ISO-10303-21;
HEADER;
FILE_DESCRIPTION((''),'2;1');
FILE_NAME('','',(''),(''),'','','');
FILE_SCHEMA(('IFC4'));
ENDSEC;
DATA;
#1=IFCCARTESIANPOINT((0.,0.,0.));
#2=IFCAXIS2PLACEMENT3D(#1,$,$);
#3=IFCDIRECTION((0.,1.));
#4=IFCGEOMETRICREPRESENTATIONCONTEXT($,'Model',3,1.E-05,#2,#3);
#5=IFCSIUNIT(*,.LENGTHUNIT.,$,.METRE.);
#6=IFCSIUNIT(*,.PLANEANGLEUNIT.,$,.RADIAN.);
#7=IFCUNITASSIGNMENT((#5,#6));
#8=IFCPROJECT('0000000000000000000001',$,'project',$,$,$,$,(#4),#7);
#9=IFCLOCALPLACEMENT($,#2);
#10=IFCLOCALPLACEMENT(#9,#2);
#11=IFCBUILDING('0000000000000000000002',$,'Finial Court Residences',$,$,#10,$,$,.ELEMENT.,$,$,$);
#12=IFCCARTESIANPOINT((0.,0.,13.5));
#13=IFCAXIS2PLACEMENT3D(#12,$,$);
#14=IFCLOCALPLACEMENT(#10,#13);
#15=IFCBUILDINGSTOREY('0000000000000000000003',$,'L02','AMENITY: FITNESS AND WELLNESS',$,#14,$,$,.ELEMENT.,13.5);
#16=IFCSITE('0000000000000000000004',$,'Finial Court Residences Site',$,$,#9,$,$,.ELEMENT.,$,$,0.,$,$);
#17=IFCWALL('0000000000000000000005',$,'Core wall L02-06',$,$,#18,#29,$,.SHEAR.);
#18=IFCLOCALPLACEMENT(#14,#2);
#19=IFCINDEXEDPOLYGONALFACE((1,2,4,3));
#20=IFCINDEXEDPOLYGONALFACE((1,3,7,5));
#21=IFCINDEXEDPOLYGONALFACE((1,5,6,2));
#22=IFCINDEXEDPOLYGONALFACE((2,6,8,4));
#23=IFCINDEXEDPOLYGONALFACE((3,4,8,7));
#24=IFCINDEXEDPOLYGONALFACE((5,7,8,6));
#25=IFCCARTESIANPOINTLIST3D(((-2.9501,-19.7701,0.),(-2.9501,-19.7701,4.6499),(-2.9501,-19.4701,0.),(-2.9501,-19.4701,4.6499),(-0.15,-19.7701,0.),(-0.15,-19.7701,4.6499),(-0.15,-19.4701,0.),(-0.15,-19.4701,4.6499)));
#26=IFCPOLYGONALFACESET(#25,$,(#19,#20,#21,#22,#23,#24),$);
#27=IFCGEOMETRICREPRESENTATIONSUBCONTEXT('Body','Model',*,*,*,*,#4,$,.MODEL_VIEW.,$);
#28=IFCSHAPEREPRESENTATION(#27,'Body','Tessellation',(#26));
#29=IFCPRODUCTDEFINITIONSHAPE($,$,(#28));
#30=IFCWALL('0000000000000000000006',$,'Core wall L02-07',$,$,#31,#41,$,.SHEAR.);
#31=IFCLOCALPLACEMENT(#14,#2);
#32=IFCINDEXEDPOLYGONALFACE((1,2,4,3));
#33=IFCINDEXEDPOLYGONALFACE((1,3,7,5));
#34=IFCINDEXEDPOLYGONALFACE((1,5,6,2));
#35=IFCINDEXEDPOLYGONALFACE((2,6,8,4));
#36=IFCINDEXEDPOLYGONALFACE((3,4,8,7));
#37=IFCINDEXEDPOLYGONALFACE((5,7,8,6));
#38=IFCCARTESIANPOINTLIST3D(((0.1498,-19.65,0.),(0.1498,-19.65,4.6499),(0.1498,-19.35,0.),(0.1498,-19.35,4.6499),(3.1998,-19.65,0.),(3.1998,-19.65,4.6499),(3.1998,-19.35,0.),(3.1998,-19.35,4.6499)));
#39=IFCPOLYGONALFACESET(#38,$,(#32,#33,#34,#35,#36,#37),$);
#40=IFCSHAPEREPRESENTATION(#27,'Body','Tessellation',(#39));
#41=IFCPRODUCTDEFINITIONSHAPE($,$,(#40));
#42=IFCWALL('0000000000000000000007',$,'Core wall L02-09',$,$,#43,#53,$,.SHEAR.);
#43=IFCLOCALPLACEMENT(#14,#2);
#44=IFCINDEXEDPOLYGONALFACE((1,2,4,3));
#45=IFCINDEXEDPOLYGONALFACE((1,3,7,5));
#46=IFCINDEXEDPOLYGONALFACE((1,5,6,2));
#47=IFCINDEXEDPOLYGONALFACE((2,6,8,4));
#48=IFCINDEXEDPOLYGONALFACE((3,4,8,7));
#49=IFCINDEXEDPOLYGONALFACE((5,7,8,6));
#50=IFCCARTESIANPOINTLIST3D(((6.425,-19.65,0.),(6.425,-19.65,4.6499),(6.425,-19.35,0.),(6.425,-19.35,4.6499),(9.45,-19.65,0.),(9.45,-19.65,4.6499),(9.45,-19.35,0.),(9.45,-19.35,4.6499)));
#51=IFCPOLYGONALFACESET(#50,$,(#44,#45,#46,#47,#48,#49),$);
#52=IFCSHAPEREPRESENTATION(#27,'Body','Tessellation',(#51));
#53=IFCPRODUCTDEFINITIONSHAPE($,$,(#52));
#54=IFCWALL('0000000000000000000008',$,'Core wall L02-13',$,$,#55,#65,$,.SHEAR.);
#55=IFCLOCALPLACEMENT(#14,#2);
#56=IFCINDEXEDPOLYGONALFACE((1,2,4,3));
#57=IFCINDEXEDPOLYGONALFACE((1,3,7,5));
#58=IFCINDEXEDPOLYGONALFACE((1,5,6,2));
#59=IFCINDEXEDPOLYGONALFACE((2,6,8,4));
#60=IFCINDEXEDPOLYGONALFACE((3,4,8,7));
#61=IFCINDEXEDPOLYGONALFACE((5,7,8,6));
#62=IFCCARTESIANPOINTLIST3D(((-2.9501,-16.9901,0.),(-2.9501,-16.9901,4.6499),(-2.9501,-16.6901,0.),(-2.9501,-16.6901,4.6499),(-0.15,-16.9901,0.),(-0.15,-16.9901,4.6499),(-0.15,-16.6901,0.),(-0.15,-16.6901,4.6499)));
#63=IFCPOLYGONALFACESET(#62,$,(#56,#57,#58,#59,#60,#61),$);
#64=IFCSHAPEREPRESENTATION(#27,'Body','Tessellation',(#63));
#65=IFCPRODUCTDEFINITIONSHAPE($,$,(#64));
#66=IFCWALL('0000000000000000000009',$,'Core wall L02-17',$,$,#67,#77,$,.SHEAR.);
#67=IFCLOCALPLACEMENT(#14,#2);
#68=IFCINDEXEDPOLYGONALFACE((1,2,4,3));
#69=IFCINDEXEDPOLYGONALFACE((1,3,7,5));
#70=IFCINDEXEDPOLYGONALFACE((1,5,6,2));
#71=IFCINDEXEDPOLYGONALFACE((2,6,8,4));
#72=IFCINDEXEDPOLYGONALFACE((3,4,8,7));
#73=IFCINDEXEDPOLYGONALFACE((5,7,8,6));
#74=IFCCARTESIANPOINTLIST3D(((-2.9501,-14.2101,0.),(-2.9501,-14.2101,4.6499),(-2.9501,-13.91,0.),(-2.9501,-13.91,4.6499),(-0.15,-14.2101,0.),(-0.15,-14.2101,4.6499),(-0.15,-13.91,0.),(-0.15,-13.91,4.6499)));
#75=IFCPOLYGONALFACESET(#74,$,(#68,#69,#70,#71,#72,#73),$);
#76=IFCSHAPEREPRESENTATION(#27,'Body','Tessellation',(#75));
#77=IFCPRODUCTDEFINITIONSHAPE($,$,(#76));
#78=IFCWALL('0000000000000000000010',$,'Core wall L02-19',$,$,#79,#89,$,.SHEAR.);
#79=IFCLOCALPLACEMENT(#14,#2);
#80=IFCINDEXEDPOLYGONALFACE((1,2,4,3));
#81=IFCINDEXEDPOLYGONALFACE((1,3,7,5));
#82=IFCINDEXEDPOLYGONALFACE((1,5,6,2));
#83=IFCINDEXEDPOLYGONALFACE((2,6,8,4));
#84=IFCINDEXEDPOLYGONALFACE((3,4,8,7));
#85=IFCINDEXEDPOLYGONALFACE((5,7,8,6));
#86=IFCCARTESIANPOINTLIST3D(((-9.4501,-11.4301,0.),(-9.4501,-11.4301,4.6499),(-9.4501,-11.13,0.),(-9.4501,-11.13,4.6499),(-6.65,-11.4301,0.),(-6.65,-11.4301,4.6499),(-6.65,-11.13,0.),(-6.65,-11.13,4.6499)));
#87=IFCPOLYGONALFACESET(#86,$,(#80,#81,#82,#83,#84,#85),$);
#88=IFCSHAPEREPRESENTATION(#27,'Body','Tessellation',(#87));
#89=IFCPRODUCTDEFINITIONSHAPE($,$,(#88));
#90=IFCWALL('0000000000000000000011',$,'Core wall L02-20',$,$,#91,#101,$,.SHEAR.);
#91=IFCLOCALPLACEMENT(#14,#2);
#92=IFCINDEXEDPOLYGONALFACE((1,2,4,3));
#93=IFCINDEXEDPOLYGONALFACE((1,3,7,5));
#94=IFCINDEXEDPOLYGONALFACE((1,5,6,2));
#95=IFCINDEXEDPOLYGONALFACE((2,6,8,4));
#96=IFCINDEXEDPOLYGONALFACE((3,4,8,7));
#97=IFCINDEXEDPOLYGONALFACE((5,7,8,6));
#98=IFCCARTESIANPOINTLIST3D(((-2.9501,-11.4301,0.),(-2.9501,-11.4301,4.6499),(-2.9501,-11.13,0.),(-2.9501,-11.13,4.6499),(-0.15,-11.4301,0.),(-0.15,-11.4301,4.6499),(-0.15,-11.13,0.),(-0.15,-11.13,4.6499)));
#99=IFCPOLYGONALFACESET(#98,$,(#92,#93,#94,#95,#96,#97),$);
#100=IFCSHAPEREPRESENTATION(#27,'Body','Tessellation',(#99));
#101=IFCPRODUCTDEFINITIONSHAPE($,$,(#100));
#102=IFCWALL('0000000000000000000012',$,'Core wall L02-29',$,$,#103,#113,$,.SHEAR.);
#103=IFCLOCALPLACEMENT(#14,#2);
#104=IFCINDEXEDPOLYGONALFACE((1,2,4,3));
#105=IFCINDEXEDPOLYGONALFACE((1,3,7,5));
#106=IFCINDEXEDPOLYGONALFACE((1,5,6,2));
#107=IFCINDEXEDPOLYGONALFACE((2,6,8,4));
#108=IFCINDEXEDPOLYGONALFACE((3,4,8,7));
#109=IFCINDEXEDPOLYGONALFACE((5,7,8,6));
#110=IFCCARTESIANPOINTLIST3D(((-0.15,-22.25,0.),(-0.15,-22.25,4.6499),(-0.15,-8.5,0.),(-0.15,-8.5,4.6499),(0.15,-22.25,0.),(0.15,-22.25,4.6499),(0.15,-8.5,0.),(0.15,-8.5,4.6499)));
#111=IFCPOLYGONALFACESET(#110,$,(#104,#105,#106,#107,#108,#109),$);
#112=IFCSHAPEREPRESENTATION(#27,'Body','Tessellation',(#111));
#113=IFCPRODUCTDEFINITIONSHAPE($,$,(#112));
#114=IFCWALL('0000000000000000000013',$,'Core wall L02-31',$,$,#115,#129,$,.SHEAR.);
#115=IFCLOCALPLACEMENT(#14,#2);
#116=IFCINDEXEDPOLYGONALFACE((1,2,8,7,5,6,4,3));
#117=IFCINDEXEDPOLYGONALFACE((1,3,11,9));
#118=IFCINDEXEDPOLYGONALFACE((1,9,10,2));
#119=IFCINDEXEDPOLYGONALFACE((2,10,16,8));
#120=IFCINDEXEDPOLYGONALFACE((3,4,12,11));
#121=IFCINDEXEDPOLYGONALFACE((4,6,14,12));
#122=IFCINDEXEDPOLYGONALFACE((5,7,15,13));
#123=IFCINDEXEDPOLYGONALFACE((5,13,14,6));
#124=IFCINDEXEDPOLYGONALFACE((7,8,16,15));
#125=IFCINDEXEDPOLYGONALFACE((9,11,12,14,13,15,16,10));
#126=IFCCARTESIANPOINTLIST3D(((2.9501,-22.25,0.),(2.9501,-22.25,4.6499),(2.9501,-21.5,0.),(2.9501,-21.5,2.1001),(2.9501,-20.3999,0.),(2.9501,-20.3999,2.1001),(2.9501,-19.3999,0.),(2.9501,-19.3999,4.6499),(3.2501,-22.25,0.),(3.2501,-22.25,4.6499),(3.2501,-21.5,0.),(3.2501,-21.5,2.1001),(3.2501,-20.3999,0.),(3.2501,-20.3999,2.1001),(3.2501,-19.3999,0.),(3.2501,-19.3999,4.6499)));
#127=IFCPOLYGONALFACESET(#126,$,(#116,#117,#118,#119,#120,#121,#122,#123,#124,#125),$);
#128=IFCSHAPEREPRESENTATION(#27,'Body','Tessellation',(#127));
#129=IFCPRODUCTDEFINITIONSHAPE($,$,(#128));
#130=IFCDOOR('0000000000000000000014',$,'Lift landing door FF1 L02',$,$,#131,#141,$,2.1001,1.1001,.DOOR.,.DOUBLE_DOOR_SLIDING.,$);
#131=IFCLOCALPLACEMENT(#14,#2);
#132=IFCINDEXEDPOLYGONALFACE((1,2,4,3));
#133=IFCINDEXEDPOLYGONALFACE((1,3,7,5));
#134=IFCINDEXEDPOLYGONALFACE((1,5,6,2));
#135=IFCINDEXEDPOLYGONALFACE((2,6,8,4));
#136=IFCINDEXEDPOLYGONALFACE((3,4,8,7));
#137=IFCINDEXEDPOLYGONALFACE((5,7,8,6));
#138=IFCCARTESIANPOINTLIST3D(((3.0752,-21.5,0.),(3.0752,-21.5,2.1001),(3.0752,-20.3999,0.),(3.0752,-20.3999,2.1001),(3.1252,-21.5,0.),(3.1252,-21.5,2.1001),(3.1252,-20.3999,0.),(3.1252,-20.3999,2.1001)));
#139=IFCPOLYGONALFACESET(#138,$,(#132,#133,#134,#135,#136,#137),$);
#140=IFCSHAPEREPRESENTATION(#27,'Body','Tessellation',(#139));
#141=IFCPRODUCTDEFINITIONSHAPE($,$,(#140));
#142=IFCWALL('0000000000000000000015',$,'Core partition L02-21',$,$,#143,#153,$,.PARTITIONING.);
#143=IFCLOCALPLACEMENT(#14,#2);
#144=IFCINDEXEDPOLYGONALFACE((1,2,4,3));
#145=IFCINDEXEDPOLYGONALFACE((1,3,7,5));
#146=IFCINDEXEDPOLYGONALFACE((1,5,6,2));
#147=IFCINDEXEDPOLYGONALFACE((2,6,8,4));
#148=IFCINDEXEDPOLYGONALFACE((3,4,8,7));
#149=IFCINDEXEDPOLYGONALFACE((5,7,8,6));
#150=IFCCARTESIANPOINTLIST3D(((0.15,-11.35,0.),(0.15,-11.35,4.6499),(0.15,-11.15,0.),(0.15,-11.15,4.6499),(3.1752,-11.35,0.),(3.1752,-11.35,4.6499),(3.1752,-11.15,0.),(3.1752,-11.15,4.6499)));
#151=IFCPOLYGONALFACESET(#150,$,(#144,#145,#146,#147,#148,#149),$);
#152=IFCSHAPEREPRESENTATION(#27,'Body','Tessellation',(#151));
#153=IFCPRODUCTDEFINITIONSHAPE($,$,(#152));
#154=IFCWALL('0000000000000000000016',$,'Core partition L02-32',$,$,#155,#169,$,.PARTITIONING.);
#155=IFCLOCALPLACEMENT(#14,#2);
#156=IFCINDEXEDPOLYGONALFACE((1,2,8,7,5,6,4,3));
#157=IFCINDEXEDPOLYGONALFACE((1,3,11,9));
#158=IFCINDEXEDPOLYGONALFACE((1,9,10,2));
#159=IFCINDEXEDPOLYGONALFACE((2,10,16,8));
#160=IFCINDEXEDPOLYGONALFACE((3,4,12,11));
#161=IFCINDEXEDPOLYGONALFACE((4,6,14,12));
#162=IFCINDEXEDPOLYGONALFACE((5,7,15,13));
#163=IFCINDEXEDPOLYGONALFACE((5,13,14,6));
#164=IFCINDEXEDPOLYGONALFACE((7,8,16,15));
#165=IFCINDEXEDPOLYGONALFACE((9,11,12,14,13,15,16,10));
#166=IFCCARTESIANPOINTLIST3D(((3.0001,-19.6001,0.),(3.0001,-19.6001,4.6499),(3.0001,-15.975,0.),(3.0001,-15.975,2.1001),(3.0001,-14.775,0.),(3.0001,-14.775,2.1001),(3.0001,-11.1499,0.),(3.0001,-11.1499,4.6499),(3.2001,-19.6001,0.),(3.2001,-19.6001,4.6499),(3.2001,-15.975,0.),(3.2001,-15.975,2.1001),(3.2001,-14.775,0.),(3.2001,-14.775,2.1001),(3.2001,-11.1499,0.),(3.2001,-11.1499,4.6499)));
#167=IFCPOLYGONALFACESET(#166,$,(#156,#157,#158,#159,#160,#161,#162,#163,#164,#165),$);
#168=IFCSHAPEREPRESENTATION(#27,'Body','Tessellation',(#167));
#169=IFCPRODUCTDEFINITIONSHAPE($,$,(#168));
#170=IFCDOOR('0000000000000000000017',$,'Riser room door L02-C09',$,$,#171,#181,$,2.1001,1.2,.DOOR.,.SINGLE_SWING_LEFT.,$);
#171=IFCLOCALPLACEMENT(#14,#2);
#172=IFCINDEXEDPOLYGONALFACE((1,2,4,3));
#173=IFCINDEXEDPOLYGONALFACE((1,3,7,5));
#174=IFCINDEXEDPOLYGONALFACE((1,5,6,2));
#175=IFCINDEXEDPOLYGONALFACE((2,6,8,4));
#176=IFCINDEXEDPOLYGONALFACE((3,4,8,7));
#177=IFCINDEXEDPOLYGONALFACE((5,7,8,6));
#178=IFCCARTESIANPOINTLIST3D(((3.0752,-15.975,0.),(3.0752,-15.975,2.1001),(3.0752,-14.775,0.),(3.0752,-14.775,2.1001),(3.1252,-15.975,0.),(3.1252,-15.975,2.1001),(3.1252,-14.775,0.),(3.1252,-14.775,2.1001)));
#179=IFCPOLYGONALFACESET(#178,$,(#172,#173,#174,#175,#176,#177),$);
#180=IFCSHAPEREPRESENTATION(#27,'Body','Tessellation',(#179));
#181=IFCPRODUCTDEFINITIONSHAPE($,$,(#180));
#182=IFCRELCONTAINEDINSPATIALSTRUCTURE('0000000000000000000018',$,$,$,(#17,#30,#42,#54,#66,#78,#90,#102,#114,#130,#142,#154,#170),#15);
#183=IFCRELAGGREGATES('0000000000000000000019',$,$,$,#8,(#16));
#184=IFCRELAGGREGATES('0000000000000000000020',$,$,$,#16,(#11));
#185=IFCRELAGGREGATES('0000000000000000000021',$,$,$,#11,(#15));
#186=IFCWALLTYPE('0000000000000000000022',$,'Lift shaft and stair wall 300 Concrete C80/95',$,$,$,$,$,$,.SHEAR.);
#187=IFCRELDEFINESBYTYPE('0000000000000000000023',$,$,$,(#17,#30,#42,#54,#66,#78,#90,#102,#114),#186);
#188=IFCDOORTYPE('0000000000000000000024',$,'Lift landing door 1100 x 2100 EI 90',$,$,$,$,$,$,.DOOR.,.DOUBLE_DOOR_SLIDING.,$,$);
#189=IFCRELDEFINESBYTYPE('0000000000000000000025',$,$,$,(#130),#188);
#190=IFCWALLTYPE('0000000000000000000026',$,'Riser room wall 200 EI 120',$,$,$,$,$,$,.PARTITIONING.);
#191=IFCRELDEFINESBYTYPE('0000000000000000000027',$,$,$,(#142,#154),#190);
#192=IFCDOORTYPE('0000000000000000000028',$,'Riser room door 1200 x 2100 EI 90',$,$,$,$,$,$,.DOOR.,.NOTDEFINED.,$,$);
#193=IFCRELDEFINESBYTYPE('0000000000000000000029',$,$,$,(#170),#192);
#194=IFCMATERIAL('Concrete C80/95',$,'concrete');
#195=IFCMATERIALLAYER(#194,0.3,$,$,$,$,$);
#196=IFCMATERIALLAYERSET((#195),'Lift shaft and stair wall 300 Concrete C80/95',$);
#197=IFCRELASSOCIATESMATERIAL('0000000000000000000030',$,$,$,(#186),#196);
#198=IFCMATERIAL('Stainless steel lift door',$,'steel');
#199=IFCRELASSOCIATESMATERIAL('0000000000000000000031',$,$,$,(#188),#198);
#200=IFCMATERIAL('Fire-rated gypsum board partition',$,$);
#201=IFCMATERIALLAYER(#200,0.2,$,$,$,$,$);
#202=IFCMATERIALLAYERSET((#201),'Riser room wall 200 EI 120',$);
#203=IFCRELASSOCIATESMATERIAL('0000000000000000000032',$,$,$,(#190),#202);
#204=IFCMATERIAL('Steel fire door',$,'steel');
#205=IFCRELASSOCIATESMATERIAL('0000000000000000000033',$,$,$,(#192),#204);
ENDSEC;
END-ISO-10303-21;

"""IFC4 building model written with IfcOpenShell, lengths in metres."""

from ifc_helpers import new_model, si_unit, direction, frame, frame_2d, origin, place, context, subcontext, project, spatial, rectangle, extrude, material, layer, layer_set, type_object, element, fill, save


model = new_model("IFC4")

# Units and contexts
model_context = context("Model", 3, precision=1e-05, world=origin(), true_north=direction((0.0, 1.0)))
body_context = subcontext(model_context, "Body", "Model", "MODEL_VIEW")
ifc_project = project(units=[si_unit("LENGTHUNIT", "METRE"), si_unit("PLANEANGLEUNIT", "RADIAN")], contexts=[model_context])

# Site, building, storey
site_placement = place(None, origin())
site = spatial("IfcSite", under=ifc_project, at=site_placement, Name="Finial Court Residences Site", CompositionType="ELEMENT", RefElevation=0.0)
building_placement = place(site_placement, origin())
building = spatial("IfcBuilding", under=site, at=building_placement, Name="Finial Court Residences", CompositionType="ELEMENT")
storey_placement = place(building_placement, frame((0.0, 0.0, 13.5)))
storey = spatial("IfcBuildingStorey", under=building, at=storey_placement, Name="L02", Description="AMENITY: FITNESS AND WELLNESS", CompositionType="ELEMENT", Elevation=13.5)

# Shared definitions
ifc_material_1 = material(Name="Concrete C80/95", Category="concrete")

# Shared definitions
ifc_material_2 = material(Name="Fire-rated gypsum board partition")
ifc_material_3 = material(Name="Steel fire door", Category="steel")

# Walls
ifc_layer_1 = layer(ifc_material_1, 0.3)
ifc_layer_set_1 = layer_set([ifc_layer_1], Name="Lift shaft and stair wall 300 Concrete C80/95")
wall_type_1 = type_object("IfcWallType", Name="Lift shaft and stair wall 300 Concrete C80/95", PredefinedType="SHEAR", material=ifc_layer_set_1)
wall_1_placement = place(storey_placement, frame((-2.95, -19.6201, 0.0), z_axis=(0.0, 0.0, 1.0), x_axis=(1.0, 0.0, 0.0)))
element("IfcWall", 1, at=wall_1_placement, inside=storey, type_object=wall_type_1, Name="Core wall L02-06", PredefinedType="SHEAR", context=body_context, shape_type="SweptSolid", body=[
    extrude(rectangle(XDim=2.8, YDim=0.3, at=frame_2d((1.3999, 0.0))), origin(), (0.0, 0.0, 1.0), 4.6499),
])
wall_2_placement = place(storey_placement, frame((0.1499, -19.5, 0.0), z_axis=(0.0, 0.0, 1.0), x_axis=(1.0, 0.0, 0.0)))
element("IfcWall", 2, at=wall_2_placement, inside=storey, type_object=wall_type_1, Name="Core wall L02-07", PredefinedType="SHEAR", context=body_context, shape_type="SweptSolid", body=[
    extrude(rectangle(XDim=3.05, YDim=0.3, at=frame_2d((1.5249, 0.0))), origin(), (0.0, 0.0, 1.0), 4.6499),
])
wall_3_placement = place(storey_placement, frame((6.425, -19.5, 0.0), z_axis=(0.0, 0.0, 1.0), x_axis=(1.0, 0.0, 0.0)))
element("IfcWall", 3, at=wall_3_placement, inside=storey, type_object=wall_type_1, Name="Core wall L02-09", PredefinedType="SHEAR", context=body_context, shape_type="SweptSolid", body=[
    extrude(rectangle(XDim=3.0249, YDim=0.3, at=frame_2d((1.5125, 0.0))), origin(), (0.0, 0.0, 1.0), 4.6499),
])
for number, where, z_axis, x_axis, name in (
    (4, (-2.95, -16.8401, 0.0), (0.0, 0.0, 1.0), (1.0, 0.0, 0.0), "Core wall L02-13"),
    (5, (-2.95, -14.0601, 0.0), (0.0, 0.0, 1.0), (1.0, 0.0, 0.0), "Core wall L02-17"),
    (6, (-9.45, -11.28, 0.0), (0.0, 0.0, 1.0), (1.0, 0.0, 0.0), "Core wall L02-19"),
    (7, (-2.95, -11.28, 0.0), (0.0, 0.0, 1.0), (1.0, 0.0, 0.0), "Core wall L02-20"),
):
    element("IfcWall", number, at=place(storey_placement, frame(where, z_axis=z_axis, x_axis=x_axis)), inside=storey, type_object=wall_type_1, Name=name, PredefinedType="SHEAR", context=body_context, shape_type="SweptSolid", body=[
        extrude(rectangle(XDim=2.8, YDim=0.3, at=frame_2d((1.3999, 0.0))), origin(), (0.0, 0.0, 1.0), 4.6499),
    ])
wall_4_placement = place(storey_placement, frame((0.0, -22.25, 0.0), z_axis=(0.0, 0.0, 1.0), x_axis=(0.0, 1.0, 0.0)))
element("IfcWall", 8, at=wall_4_placement, inside=storey, type_object=wall_type_1, Name="Core wall L02-29", PredefinedType="SHEAR", context=body_context, shape_type="SweptSolid", body=[
    extrude(rectangle(XDim=13.75, YDim=0.3, at=frame_2d((6.875, 0.0))), origin(), (0.0, 0.0, 1.0), 4.6499),
])

# Wall, opening, door
wall_5_placement = place(storey_placement, frame((3.1001, -22.25, 0.0), z_axis=(0.0, 0.0, 1.0), x_axis=(0.0, 1.0, 0.0)))
wall_5 = element("IfcWall", 9, at=wall_5_placement, inside=storey, type_object=wall_type_1, Name="Core wall L02-31", PredefinedType="SHEAR", context=body_context, shape_type="SweptSolid", body=[
    extrude(rectangle(XDim=2.8501, YDim=0.3, at=frame_2d((1.425, 0.0))), origin(), (0.0, 0.0, 1.0), 4.6499),
])
opening_1_placement = place(wall_5_placement, frame((0.75, 0.0, 0.0)))
opening_1 = element("IfcOpeningElement", 10, at=opening_1_placement, cuts=wall_5, PredefinedType="OPENING", context=body_context, shape_type="SweptSolid", body=[
    extrude(rectangle(XDim=1.1001, YDim=2.1001, at=frame_2d((0.55, 1.05))), frame((0.0, 0.1599, 0.0), z_axis=(0.0, -1.0, 0.0), x_axis=(1.0, 0.0, 0.0)), (0.0, 0.0, 1.0), 0.3201),
])
ifc_material_4 = material(Name="Stainless steel lift door", Category="steel")
door_type_1 = type_object("IfcDoorType", Name="Lift landing door 1100 x 2100 EI 90", OperationType="DOUBLE_DOOR_SLIDING", PredefinedType="DOOR", material=ifc_material_4)
door_1_placement = place(opening_1_placement, origin())
door_1 = element("IfcDoor", 11, at=door_1_placement, inside=storey, type_object=door_type_1, Name="Lift landing door FF1 L02", OperationType="DOUBLE_DOOR_SLIDING", OverallHeight=2.1001, OverallWidth=1.1001, PredefinedType="DOOR", context=body_context, shape_type="SweptSolid", body=[
    extrude(rectangle(XDim=1.1001, YDim=2.1001, at=frame_2d((0.55, 1.05))), frame((0.0, 0.0249, 0.0), z_axis=(0.0, -1.0, 0.0), x_axis=(1.0, 0.0, 0.0)), (0.0, 0.0, 1.0), 0.05),
])
fill(opening_1, door_1)

# Wall
ifc_layer_2 = layer(ifc_material_2, 0.2)
ifc_layer_set_2 = layer_set([ifc_layer_2], Name="Riser room wall 200 EI 120")
wall_type_2 = type_object("IfcWallType", Name="Riser room wall 200 EI 120", PredefinedType="PARTITIONING", material=ifc_layer_set_2)
wall_6_placement = place(storey_placement, frame((0.1499, -11.25, 0.0), z_axis=(0.0, 0.0, 1.0), x_axis=(1.0, 0.0, 0.0)))
element("IfcWall", 12, at=wall_6_placement, inside=storey, type_object=wall_type_2, Name="Core partition L02-21", PredefinedType="PARTITIONING", context=body_context, shape_type="SweptSolid", body=[
    extrude(rectangle(XDim=3.0251, YDim=0.2, at=frame_2d((1.5127, 0.0))), origin(), (0.0, 0.0, 1.0), 4.6499),
])

# Wall, opening, door
wall_7_placement = place(storey_placement, frame((3.1001, -19.6001, 0.0), z_axis=(0.0, 0.0, 1.0), x_axis=(0.0, 1.0, 0.0)))
wall_7 = element("IfcWall", 13, at=wall_7_placement, inside=storey, type_object=wall_type_2, Name="Core partition L02-32", PredefinedType="PARTITIONING", context=body_context, shape_type="SweptSolid", body=[
    extrude(rectangle(XDim=8.4502, YDim=0.2, at=frame_2d((4.2251, 0.0))), origin(), (0.0, 0.0, 1.0), 4.6499),
])
opening_2_placement = place(wall_7_placement, frame((3.625, 0.0, 0.0)))
opening_2 = element("IfcOpeningElement", 14, at=opening_2_placement, cuts=wall_7, PredefinedType="OPENING", context=body_context, shape_type="SweptSolid", body=[
    extrude(rectangle(XDim=1.2, YDim=2.1001, at=frame_2d((0.6001, 1.05))), frame((0.0, 0.1099, 0.0), z_axis=(0.0, -1.0, 0.0), x_axis=(1.0, 0.0, 0.0)), (0.0, 0.0, 1.0), 0.22),
])
door_type_2 = type_object("IfcDoorType", Name="Riser room door 1200 x 2100 EI 90", OperationType="NOTDEFINED", PredefinedType="DOOR", material=ifc_material_3)
door_2_placement = place(opening_2_placement, origin())
door_2 = element("IfcDoor", 15, at=door_2_placement, inside=storey, type_object=door_type_2, Name="Riser room door L02-C09", OperationType="SINGLE_SWING_LEFT", OverallHeight=2.1001, OverallWidth=1.2, PredefinedType="DOOR", context=body_context, shape_type="SweptSolid", body=[
    extrude(rectangle(XDim=1.2, YDim=2.1001, at=frame_2d((0.6001, 1.05))), frame((0.0, 0.0249, 0.0), z_axis=(0.0, -1.0, 0.0), x_axis=(1.0, 0.0, 0.0)), (0.0, 0.0, 1.0), 0.05),
])
fill(opening_2, door_2)

save(model, "model.ifc")
